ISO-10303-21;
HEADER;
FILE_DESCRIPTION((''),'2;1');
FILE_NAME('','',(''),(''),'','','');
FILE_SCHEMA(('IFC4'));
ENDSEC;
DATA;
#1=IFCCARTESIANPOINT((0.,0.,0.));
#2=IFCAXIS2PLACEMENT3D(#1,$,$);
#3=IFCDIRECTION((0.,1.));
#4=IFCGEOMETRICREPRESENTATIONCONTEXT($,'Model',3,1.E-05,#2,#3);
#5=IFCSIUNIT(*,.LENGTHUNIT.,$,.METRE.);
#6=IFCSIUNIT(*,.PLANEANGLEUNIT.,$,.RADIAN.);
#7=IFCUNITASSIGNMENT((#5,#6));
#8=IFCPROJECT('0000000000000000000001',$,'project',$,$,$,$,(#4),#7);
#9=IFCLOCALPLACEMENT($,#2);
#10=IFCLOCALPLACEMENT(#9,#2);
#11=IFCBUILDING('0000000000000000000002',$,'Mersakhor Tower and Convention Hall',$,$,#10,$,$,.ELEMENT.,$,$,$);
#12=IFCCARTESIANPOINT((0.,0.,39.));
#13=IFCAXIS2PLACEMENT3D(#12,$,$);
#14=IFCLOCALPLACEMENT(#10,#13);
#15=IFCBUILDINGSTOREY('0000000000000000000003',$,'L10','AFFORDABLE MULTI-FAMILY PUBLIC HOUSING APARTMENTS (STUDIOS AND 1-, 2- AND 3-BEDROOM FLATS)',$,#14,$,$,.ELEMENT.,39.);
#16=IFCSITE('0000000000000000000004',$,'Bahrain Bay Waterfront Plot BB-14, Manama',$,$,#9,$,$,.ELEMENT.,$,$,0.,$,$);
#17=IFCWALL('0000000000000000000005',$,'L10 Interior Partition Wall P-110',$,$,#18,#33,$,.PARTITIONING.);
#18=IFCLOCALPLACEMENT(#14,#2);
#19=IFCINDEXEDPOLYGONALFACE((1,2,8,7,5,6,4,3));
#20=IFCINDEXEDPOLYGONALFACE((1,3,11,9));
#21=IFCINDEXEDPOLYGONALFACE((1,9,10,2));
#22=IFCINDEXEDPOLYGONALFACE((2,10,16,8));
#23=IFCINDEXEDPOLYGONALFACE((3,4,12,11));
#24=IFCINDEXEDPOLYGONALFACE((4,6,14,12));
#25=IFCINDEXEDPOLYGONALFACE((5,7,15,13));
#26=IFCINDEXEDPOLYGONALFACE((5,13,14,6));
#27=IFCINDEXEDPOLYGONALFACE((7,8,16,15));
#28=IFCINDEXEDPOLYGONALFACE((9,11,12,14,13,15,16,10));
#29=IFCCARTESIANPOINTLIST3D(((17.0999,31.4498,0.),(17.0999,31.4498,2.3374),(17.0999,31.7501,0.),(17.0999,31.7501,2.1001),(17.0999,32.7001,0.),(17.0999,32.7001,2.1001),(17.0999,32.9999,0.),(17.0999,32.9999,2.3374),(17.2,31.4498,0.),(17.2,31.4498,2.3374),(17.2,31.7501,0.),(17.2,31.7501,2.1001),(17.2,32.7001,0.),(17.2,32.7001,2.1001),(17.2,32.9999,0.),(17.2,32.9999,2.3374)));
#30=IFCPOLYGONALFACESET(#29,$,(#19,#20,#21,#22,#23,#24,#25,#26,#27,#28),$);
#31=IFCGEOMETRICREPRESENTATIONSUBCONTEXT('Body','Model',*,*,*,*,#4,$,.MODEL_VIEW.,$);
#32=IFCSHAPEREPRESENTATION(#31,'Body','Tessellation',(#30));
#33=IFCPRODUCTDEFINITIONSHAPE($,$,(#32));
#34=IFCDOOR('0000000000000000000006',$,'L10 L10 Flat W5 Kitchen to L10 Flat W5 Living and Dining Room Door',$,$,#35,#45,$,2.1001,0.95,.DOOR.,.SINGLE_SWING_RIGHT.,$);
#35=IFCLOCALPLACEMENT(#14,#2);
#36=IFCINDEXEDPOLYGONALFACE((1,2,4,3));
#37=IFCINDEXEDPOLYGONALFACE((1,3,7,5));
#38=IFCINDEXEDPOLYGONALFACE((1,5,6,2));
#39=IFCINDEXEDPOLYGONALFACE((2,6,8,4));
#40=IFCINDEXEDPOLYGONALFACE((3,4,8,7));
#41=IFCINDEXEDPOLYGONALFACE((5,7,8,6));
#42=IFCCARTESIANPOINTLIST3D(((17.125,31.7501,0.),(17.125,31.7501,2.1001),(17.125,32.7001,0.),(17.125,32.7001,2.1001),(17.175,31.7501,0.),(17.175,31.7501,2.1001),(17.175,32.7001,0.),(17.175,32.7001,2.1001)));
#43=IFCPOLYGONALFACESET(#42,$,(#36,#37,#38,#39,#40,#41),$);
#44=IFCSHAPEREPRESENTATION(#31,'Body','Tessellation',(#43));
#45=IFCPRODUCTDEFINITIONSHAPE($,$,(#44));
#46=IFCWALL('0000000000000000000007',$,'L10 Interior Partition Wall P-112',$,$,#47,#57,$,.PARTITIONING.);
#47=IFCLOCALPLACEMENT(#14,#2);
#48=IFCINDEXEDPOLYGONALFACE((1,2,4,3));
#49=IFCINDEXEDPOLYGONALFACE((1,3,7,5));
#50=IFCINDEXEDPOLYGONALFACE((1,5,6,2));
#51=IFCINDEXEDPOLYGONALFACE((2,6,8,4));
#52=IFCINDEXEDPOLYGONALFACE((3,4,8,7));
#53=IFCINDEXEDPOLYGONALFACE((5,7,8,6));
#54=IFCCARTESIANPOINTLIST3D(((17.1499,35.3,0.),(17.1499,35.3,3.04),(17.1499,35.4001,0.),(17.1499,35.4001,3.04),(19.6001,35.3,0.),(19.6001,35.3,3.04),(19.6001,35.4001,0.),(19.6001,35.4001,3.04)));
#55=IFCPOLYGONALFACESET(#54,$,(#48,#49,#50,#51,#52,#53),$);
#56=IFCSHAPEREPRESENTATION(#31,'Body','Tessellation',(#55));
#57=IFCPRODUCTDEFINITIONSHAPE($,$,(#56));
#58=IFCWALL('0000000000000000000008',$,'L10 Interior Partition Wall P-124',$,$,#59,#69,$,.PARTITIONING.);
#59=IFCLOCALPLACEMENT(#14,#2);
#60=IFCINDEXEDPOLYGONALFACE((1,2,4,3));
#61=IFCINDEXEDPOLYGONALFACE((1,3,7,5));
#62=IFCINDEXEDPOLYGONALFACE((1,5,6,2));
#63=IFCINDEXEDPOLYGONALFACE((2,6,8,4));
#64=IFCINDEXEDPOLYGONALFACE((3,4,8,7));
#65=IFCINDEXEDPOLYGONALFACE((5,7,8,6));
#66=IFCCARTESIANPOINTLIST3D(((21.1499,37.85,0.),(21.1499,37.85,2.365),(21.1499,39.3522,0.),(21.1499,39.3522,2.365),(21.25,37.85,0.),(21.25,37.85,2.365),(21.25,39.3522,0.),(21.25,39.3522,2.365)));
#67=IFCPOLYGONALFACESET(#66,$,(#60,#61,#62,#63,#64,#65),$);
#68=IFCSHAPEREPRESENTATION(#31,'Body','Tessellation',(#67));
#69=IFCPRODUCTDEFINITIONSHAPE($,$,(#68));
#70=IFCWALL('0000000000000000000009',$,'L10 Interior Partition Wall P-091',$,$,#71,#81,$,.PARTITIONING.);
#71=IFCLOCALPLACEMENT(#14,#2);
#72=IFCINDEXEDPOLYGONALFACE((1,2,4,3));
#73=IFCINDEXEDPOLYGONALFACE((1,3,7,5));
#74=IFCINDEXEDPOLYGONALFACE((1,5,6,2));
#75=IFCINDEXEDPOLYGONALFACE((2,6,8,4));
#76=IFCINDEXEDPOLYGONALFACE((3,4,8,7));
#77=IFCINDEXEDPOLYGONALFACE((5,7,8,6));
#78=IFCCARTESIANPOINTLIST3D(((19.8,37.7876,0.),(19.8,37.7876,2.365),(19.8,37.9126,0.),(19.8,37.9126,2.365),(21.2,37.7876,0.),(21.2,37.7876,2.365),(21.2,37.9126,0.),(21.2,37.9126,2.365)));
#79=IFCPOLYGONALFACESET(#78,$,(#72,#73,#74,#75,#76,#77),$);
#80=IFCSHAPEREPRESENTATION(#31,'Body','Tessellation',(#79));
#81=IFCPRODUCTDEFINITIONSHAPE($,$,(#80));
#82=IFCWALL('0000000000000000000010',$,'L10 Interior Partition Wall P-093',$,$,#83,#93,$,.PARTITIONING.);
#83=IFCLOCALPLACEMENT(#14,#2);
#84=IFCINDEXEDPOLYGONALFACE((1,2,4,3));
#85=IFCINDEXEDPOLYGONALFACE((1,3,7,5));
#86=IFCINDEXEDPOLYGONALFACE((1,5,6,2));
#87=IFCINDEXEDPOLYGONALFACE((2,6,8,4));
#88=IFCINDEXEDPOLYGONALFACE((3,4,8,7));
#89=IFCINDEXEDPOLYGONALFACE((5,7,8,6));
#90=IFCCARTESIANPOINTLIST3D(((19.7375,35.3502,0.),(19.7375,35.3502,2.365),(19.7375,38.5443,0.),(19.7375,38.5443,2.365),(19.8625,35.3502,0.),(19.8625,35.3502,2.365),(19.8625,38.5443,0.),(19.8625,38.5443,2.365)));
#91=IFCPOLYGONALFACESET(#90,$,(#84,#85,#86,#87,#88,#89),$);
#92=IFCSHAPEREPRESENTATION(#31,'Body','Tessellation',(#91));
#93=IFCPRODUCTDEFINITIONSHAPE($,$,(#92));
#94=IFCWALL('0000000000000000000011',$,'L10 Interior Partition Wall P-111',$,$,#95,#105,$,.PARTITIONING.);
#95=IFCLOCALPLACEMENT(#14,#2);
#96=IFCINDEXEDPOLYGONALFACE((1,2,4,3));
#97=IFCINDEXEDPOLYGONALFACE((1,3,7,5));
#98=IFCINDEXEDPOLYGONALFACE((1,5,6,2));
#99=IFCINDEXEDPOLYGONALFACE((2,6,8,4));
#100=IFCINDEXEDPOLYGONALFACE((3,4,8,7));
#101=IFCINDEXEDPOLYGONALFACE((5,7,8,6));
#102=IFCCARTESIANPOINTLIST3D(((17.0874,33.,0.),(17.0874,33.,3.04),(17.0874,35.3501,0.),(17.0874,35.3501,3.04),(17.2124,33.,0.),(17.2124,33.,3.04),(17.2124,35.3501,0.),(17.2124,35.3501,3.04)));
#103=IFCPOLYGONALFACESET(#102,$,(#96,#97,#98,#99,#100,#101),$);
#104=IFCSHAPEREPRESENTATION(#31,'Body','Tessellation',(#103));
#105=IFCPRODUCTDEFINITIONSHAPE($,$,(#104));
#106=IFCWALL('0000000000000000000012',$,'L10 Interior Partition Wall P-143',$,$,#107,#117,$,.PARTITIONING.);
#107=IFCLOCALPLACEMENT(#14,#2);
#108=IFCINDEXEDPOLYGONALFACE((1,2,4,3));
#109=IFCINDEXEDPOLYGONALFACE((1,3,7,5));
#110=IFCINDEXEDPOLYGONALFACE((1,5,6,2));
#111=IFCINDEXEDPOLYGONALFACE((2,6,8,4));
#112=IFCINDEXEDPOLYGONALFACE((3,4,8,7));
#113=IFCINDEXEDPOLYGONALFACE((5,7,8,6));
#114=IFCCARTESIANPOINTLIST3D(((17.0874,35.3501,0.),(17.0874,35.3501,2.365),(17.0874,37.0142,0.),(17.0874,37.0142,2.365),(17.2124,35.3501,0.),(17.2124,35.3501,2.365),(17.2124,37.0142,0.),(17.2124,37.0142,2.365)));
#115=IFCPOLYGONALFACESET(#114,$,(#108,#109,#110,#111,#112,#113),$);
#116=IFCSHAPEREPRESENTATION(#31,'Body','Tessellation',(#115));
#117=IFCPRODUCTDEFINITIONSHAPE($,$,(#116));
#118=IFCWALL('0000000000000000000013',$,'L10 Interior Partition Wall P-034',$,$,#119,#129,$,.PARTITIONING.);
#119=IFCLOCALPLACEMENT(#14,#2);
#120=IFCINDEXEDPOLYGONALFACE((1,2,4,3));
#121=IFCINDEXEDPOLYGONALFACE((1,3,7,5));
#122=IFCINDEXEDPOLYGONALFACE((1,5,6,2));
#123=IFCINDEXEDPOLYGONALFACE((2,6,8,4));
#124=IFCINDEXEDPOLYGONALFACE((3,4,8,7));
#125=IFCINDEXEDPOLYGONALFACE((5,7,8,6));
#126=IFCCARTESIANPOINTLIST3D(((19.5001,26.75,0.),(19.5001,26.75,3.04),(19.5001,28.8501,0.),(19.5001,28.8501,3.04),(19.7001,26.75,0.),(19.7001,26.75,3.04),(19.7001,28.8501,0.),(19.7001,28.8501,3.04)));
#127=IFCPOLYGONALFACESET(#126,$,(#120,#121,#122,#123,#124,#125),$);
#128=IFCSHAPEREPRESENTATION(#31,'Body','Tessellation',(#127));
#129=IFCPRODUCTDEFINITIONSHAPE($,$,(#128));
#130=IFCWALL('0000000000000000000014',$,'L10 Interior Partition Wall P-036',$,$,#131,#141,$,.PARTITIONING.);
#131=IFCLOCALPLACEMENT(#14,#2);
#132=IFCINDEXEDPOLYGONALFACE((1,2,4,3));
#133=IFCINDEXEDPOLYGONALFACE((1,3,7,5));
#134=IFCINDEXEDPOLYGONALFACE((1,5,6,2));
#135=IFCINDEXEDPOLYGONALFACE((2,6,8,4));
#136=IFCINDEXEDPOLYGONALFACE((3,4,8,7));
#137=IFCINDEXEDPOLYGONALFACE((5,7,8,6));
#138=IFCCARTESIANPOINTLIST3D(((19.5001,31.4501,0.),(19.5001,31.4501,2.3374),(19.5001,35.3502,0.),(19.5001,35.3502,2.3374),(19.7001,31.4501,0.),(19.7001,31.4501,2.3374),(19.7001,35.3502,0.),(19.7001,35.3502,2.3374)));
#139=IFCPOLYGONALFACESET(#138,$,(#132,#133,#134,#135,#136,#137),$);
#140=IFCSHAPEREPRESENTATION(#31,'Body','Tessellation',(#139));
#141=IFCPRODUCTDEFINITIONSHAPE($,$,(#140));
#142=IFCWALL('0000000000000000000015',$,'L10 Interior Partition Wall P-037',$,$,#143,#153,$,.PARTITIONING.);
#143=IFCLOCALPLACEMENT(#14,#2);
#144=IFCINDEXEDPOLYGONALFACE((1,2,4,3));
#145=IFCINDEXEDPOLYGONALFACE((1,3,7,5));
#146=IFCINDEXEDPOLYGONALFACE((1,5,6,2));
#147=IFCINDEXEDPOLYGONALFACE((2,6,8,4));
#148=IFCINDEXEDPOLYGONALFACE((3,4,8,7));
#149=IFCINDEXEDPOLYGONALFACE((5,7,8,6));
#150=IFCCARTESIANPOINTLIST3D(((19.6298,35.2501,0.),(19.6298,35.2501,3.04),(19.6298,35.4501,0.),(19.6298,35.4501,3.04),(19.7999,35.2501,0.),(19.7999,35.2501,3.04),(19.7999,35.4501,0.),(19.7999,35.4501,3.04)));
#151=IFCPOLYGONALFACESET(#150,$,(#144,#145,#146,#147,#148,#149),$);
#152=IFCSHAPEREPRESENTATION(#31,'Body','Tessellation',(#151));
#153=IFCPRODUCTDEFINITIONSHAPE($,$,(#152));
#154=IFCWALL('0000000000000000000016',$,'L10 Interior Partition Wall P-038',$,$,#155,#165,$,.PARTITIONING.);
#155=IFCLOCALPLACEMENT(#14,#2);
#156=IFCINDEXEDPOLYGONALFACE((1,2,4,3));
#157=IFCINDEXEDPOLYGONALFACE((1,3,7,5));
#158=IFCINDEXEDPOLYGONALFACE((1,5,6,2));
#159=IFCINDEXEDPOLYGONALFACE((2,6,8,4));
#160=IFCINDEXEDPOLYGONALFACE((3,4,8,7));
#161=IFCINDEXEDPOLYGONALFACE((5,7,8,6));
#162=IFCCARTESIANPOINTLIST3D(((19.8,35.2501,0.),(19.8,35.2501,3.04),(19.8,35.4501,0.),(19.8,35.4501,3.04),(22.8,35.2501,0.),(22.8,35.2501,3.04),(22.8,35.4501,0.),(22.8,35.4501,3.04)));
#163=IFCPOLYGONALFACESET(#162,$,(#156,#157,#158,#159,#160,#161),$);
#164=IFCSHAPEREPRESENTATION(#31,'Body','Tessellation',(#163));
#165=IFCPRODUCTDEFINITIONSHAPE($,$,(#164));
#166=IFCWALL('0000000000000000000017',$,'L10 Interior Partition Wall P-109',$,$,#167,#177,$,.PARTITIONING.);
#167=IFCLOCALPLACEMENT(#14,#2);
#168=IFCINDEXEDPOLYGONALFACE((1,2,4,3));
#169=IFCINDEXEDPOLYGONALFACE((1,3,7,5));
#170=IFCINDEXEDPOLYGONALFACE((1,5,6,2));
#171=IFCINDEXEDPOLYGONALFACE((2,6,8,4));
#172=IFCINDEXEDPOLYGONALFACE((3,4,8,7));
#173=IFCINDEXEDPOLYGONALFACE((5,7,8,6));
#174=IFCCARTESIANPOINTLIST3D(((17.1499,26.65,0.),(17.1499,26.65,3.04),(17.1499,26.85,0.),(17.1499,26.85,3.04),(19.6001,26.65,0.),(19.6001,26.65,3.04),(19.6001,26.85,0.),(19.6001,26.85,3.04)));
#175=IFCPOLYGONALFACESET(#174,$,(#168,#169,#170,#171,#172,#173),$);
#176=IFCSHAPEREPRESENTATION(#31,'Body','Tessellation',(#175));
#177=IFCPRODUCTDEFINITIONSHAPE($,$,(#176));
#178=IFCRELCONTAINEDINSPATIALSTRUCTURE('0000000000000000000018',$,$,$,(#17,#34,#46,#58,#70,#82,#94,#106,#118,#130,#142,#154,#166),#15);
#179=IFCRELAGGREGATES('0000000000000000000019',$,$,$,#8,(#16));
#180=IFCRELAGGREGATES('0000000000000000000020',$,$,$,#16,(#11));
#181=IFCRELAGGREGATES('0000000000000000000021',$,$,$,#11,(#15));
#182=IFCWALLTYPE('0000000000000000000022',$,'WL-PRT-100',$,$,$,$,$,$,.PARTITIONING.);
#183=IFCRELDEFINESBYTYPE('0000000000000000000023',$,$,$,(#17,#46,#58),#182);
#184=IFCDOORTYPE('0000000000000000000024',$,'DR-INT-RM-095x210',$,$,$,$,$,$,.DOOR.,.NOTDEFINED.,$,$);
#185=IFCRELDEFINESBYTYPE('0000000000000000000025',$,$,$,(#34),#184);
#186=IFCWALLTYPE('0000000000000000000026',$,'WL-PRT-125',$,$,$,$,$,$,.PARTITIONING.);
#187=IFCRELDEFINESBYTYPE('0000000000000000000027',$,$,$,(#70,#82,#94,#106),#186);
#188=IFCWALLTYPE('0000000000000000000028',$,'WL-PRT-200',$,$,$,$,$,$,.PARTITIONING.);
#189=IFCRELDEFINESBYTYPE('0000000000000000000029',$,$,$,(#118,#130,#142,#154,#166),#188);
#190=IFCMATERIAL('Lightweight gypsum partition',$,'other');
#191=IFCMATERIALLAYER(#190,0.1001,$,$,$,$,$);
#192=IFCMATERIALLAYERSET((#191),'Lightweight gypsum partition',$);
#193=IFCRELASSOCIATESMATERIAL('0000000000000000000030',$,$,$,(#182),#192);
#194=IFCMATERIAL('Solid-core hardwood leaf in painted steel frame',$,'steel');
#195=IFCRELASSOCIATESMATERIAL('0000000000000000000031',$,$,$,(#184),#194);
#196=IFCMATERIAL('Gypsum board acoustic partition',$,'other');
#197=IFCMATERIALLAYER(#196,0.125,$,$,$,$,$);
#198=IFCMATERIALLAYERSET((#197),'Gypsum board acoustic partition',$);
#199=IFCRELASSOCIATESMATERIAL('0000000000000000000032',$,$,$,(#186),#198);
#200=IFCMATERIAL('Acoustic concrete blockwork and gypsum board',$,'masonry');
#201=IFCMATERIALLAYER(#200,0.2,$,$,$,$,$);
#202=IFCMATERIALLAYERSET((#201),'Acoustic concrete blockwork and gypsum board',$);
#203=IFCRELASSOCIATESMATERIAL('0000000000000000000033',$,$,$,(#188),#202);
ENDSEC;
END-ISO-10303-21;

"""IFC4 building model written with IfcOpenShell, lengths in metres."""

from ifc_helpers import new_model, si_unit, direction, frame, frame_2d, origin, place, context, subcontext, project, spatial, rectangle, extrude, material, layer, layer_set, type_object, element, fill, save


model = new_model("IFC4")

# Units and contexts
model_context = context("Model", 3, precision=1e-05, world=origin(), true_north=direction((0.0, 1.0)))
body_context = subcontext(model_context, "Body", "Model", "MODEL_VIEW")
ifc_project = project(units=[si_unit("LENGTHUNIT", "METRE"), si_unit("PLANEANGLEUNIT", "RADIAN")], contexts=[model_context])

# Site, building, storey
site_placement = place(None, origin())
site = spatial("IfcSite", under=ifc_project, at=site_placement, Name="Bahrain Bay Waterfront Plot BB-14, Manama", CompositionType="ELEMENT", RefElevation=0.0)
building_placement = place(site_placement, origin())
building = spatial("IfcBuilding", under=site, at=building_placement, Name="Mersakhor Tower and Convention Hall", CompositionType="ELEMENT")
storey_placement = place(building_placement, frame((0.0, 0.0, 39.0)))
storey = spatial("IfcBuildingStorey", under=building, at=storey_placement, Name="L10", Description="AFFORDABLE MULTI-FAMILY PUBLIC HOUSING APARTMENTS (STUDIOS AND 1-, 2- AND 3-BEDROOM FLATS)", CompositionType="ELEMENT", Elevation=39.0)

# Shared definitions
ifc_material_1 = material(Name="Lightweight gypsum partition", Category="other")
ifc_layer_1 = layer(ifc_material_1, 0.1001)
ifc_layer_set_1 = layer_set([ifc_layer_1], Name="Lightweight gypsum partition")
wall_type_1 = type_object("IfcWallType", Name="WL-PRT-100", PredefinedType="PARTITIONING", material=ifc_layer_set_1)
ifc_material_2 = material(Name="Solid-core hardwood leaf in painted steel frame", Category="steel")
door_type_1 = type_object("IfcDoorType", Name="DR-INT-RM-095x210", OperationType="NOTDEFINED", PredefinedType="DOOR", material=ifc_material_2)

# Wall, opening, door
wall_1_placement = place(storey_placement, frame((17.1499, 31.45, 0.0), z_axis=(0.0, 0.0, 1.0), x_axis=(0.0, 1.0, 0.0)))
wall_1 = element("IfcWall", 1, at=wall_1_placement, inside=storey, type_object=wall_type_1, Name="L10 Interior Partition Wall P-110", PredefinedType="PARTITIONING", context=body_context, shape_type="SweptSolid", body=[
    extrude(rectangle(XDim=1.55, YDim=0.1001, at=frame_2d((0.7749, 0.0))), origin(), (0.0, 0.0, 1.0), 2.3374),
])
opening_1_placement = place(wall_1_placement, frame((0.3, 0.0, 0.0)))
opening_1 = element("IfcOpeningElement", 2, at=opening_1_placement, cuts=wall_1, PredefinedType="OPENING", context=body_context, shape_type="SweptSolid", body=[
    extrude(rectangle(XDim=0.95, YDim=2.1001, at=frame_2d((0.4751, 1.05))), frame((0.0, 0.0601, 0.0), z_axis=(0.0, -1.0, 0.0), x_axis=(1.0, 0.0, 0.0)), (0.0, 0.0, 1.0), 0.1201),
])
door_1_placement = place(opening_1_placement, origin())
door_1 = element("IfcDoor", 3, at=door_1_placement, inside=storey, type_object=door_type_1, Name="L10 L10 Flat W5 Kitchen to L10 Flat W5 Living and Dining Room Door", OperationType="SINGLE_SWING_RIGHT", OverallHeight=2.1001, OverallWidth=0.95, PredefinedType="DOOR", context=body_context, shape_type="SweptSolid", body=[
    extrude(rectangle(XDim=0.95, YDim=2.1001, at=frame_2d((0.4751, 1.05))), frame((0.0, 0.0249, 0.0), z_axis=(0.0, -1.0, 0.0), x_axis=(1.0, 0.0, 0.0)), (0.0, 0.0, 1.0), 0.05),
])
fill(opening_1, door_1)

# Walls
wall_2_placement = place(storey_placement, frame((17.1499, 35.3501, 0.0), z_axis=(0.0, 0.0, 1.0), x_axis=(1.0, 0.0, 0.0)))
element("IfcWall", 4, at=wall_2_placement, inside=storey, type_object=wall_type_1, Name="L10 Interior Partition Wall P-112", PredefinedType="PARTITIONING", context=body_context, shape_type="SweptSolid", body=[
    extrude(rectangle(XDim=2.4502, YDim=0.1001, at=frame_2d((1.2251, 0.0))), origin(), (0.0, 0.0, 1.0), 3.04),
])
wall_3_placement = place(storey_placement, frame((21.2, 37.8501, 0.0), z_axis=(0.0, 0.0, 1.0), x_axis=(0.0, 1.0, 0.0)))
element("IfcWall", 5, at=wall_3_placement, inside=storey, type_object=wall_type_1, Name="L10 Interior Partition Wall P-124", PredefinedType="PARTITIONING", context=body_context, shape_type="SweptSolid", body=[
    extrude(rectangle(XDim=1.5022, YDim=0.1001, at=frame_2d((0.751, 0.0))), origin(), (0.0, 0.0, 1.0), 2.365),
])
ifc_material_3 = material(Name="Gypsum board acoustic partition", Category="other")
ifc_layer_2 = layer(ifc_material_3, 0.125)
ifc_layer_set_2 = layer_set([ifc_layer_2], Name="Gypsum board acoustic partition")
wall_type_2 = type_object("IfcWallType", Name="WL-PRT-125", PredefinedType="PARTITIONING", material=ifc_layer_set_2)
wall_4_placement = place(storey_placement, frame((19.8, 37.8501, 0.0), z_axis=(0.0, 0.0, 1.0), x_axis=(1.0, 0.0, 0.0)))
element("IfcWall", 6, at=wall_4_placement, inside=storey, type_object=wall_type_2, Name="L10 Interior Partition Wall P-091", PredefinedType="PARTITIONING", context=body_context, shape_type="SweptSolid", body=[
    extrude(rectangle(XDim=1.3999, YDim=0.125, at=frame_2d((0.7, 0.0))), origin(), (0.0, 0.0, 1.0), 2.365),
])
wall_5_placement = place(storey_placement, frame((19.8, 35.3501, 0.0), z_axis=(0.0, 0.0, 1.0), x_axis=(0.0, 1.0, 0.0)))
element("IfcWall", 7, at=wall_5_placement, inside=storey, type_object=wall_type_2, Name="L10 Interior Partition Wall P-093", PredefinedType="PARTITIONING", context=body_context, shape_type="SweptSolid", body=[
    extrude(rectangle(XDim=3.1941, YDim=0.125, at=frame_2d((1.5972, 0.0))), origin(), (0.0, 0.0, 1.0), 2.365),
])
wall_6_placement = place(storey_placement, frame((17.1499, 33.0, 0.0), z_axis=(0.0, 0.0, 1.0), x_axis=(0.0, 1.0, 0.0)))
element("IfcWall", 8, at=wall_6_placement, inside=storey, type_object=wall_type_2, Name="L10 Interior Partition Wall P-111", PredefinedType="PARTITIONING", context=body_context, shape_type="SweptSolid", body=[
    extrude(rectangle(XDim=2.3501, YDim=0.125, at=frame_2d((1.175, 0.0))), origin(), (0.0, 0.0, 1.0), 3.04),
])
wall_7_placement = place(storey_placement, frame((17.1499, 37.0142, 0.0), z_axis=(0.0, 0.0, 1.0), x_axis=(0.0, -1.0, 0.0)))
element("IfcWall", 9, at=wall_7_placement, inside=storey, type_object=wall_type_2, Name="L10 Interior Partition Wall P-143", PredefinedType="PARTITIONING", context=body_context, shape_type="SweptSolid", body=[
    extrude(rectangle(XDim=1.6641, YDim=0.125, at=frame_2d((0.832, 0.0))), origin(), (0.0, 0.0, 1.0), 2.365),
])
ifc_material_4 = material(Name="Acoustic concrete blockwork and gypsum board", Category="masonry")
ifc_layer_3 = layer(ifc_material_4, 0.2)
ifc_layer_set_3 = layer_set([ifc_layer_3], Name="Acoustic concrete blockwork and gypsum board")
wall_type_3 = type_object("IfcWallType", Name="WL-PRT-200", PredefinedType="PARTITIONING", material=ifc_layer_set_3)
wall_8_placement = place(storey_placement, frame((19.6001, 26.75, 0.0), z_axis=(0.0, 0.0, 1.0), x_axis=(0.0, 1.0, 0.0)))
element("IfcWall", 10, at=wall_8_placement, inside=storey, type_object=wall_type_3, Name="L10 Interior Partition Wall P-034", PredefinedType="PARTITIONING", context=body_context, shape_type="SweptSolid", body=[
    extrude(rectangle(XDim=2.1001, YDim=0.2, at=frame_2d((1.05, 0.0))), origin(), (0.0, 0.0, 1.0), 3.04),
])

# Walls
wall_9_placement = place(storey_placement, frame((19.6001, 31.45, 0.0), z_axis=(0.0, 0.0, 1.0), x_axis=(0.0, 1.0, 0.0)))
element("IfcWall", 11, at=wall_9_placement, inside=storey, type_object=wall_type_3, Name="L10 Interior Partition Wall P-036", PredefinedType="PARTITIONING", context=body_context, shape_type="SweptSolid", body=[
    extrude(rectangle(XDim=3.9001, YDim=0.2, at=frame_2d((1.9502, 0.0))), origin(), (0.0, 0.0, 1.0), 2.3374),
])
wall_10_placement = place(storey_placement, frame((19.6299, 35.3501, 0.0), z_axis=(0.0, 0.0, 1.0), x_axis=(1.0, 0.0, 0.0)))
element("IfcWall", 12, at=wall_10_placement, inside=storey, type_object=wall_type_3, Name="L10 Interior Partition Wall P-037", PredefinedType="PARTITIONING", context=body_context, shape_type="SweptSolid", body=[
    extrude(rectangle(XDim=0.1702, YDim=0.2, at=frame_2d((0.085, 0.0))), origin(), (0.0, 0.0, 1.0), 3.04),
])
wall_11_placement = place(storey_placement, frame((19.8, 35.3501, 0.0), z_axis=(0.0, 0.0, 1.0), x_axis=(1.0, 0.0, 0.0)))
element("IfcWall", 13, at=wall_11_placement, inside=storey, type_object=wall_type_3, Name="L10 Interior Partition Wall P-038", PredefinedType="PARTITIONING", context=body_context, shape_type="SweptSolid", body=[
    extrude(rectangle(XDim=3.0, YDim=0.2, at=frame_2d((1.5, 0.0))), origin(), (0.0, 0.0, 1.0), 3.04),
])
wall_12_placement = place(storey_placement, frame((19.6001, 26.75, 0.0), z_axis=(0.0, 0.0, 1.0), x_axis=(-1.0, 0.0, 0.0)))
element("IfcWall", 14, at=wall_12_placement, inside=storey, type_object=wall_type_3, Name="L10 Interior Partition Wall P-109", PredefinedType="PARTITIONING", context=body_context, shape_type="SweptSolid", body=[
    extrude(rectangle(XDim=2.4502, YDim=0.2, at=frame_2d((1.2251, 0.0))), origin(), (0.0, 0.0, 1.0), 3.04),
])

save(model, "model.ifc")
